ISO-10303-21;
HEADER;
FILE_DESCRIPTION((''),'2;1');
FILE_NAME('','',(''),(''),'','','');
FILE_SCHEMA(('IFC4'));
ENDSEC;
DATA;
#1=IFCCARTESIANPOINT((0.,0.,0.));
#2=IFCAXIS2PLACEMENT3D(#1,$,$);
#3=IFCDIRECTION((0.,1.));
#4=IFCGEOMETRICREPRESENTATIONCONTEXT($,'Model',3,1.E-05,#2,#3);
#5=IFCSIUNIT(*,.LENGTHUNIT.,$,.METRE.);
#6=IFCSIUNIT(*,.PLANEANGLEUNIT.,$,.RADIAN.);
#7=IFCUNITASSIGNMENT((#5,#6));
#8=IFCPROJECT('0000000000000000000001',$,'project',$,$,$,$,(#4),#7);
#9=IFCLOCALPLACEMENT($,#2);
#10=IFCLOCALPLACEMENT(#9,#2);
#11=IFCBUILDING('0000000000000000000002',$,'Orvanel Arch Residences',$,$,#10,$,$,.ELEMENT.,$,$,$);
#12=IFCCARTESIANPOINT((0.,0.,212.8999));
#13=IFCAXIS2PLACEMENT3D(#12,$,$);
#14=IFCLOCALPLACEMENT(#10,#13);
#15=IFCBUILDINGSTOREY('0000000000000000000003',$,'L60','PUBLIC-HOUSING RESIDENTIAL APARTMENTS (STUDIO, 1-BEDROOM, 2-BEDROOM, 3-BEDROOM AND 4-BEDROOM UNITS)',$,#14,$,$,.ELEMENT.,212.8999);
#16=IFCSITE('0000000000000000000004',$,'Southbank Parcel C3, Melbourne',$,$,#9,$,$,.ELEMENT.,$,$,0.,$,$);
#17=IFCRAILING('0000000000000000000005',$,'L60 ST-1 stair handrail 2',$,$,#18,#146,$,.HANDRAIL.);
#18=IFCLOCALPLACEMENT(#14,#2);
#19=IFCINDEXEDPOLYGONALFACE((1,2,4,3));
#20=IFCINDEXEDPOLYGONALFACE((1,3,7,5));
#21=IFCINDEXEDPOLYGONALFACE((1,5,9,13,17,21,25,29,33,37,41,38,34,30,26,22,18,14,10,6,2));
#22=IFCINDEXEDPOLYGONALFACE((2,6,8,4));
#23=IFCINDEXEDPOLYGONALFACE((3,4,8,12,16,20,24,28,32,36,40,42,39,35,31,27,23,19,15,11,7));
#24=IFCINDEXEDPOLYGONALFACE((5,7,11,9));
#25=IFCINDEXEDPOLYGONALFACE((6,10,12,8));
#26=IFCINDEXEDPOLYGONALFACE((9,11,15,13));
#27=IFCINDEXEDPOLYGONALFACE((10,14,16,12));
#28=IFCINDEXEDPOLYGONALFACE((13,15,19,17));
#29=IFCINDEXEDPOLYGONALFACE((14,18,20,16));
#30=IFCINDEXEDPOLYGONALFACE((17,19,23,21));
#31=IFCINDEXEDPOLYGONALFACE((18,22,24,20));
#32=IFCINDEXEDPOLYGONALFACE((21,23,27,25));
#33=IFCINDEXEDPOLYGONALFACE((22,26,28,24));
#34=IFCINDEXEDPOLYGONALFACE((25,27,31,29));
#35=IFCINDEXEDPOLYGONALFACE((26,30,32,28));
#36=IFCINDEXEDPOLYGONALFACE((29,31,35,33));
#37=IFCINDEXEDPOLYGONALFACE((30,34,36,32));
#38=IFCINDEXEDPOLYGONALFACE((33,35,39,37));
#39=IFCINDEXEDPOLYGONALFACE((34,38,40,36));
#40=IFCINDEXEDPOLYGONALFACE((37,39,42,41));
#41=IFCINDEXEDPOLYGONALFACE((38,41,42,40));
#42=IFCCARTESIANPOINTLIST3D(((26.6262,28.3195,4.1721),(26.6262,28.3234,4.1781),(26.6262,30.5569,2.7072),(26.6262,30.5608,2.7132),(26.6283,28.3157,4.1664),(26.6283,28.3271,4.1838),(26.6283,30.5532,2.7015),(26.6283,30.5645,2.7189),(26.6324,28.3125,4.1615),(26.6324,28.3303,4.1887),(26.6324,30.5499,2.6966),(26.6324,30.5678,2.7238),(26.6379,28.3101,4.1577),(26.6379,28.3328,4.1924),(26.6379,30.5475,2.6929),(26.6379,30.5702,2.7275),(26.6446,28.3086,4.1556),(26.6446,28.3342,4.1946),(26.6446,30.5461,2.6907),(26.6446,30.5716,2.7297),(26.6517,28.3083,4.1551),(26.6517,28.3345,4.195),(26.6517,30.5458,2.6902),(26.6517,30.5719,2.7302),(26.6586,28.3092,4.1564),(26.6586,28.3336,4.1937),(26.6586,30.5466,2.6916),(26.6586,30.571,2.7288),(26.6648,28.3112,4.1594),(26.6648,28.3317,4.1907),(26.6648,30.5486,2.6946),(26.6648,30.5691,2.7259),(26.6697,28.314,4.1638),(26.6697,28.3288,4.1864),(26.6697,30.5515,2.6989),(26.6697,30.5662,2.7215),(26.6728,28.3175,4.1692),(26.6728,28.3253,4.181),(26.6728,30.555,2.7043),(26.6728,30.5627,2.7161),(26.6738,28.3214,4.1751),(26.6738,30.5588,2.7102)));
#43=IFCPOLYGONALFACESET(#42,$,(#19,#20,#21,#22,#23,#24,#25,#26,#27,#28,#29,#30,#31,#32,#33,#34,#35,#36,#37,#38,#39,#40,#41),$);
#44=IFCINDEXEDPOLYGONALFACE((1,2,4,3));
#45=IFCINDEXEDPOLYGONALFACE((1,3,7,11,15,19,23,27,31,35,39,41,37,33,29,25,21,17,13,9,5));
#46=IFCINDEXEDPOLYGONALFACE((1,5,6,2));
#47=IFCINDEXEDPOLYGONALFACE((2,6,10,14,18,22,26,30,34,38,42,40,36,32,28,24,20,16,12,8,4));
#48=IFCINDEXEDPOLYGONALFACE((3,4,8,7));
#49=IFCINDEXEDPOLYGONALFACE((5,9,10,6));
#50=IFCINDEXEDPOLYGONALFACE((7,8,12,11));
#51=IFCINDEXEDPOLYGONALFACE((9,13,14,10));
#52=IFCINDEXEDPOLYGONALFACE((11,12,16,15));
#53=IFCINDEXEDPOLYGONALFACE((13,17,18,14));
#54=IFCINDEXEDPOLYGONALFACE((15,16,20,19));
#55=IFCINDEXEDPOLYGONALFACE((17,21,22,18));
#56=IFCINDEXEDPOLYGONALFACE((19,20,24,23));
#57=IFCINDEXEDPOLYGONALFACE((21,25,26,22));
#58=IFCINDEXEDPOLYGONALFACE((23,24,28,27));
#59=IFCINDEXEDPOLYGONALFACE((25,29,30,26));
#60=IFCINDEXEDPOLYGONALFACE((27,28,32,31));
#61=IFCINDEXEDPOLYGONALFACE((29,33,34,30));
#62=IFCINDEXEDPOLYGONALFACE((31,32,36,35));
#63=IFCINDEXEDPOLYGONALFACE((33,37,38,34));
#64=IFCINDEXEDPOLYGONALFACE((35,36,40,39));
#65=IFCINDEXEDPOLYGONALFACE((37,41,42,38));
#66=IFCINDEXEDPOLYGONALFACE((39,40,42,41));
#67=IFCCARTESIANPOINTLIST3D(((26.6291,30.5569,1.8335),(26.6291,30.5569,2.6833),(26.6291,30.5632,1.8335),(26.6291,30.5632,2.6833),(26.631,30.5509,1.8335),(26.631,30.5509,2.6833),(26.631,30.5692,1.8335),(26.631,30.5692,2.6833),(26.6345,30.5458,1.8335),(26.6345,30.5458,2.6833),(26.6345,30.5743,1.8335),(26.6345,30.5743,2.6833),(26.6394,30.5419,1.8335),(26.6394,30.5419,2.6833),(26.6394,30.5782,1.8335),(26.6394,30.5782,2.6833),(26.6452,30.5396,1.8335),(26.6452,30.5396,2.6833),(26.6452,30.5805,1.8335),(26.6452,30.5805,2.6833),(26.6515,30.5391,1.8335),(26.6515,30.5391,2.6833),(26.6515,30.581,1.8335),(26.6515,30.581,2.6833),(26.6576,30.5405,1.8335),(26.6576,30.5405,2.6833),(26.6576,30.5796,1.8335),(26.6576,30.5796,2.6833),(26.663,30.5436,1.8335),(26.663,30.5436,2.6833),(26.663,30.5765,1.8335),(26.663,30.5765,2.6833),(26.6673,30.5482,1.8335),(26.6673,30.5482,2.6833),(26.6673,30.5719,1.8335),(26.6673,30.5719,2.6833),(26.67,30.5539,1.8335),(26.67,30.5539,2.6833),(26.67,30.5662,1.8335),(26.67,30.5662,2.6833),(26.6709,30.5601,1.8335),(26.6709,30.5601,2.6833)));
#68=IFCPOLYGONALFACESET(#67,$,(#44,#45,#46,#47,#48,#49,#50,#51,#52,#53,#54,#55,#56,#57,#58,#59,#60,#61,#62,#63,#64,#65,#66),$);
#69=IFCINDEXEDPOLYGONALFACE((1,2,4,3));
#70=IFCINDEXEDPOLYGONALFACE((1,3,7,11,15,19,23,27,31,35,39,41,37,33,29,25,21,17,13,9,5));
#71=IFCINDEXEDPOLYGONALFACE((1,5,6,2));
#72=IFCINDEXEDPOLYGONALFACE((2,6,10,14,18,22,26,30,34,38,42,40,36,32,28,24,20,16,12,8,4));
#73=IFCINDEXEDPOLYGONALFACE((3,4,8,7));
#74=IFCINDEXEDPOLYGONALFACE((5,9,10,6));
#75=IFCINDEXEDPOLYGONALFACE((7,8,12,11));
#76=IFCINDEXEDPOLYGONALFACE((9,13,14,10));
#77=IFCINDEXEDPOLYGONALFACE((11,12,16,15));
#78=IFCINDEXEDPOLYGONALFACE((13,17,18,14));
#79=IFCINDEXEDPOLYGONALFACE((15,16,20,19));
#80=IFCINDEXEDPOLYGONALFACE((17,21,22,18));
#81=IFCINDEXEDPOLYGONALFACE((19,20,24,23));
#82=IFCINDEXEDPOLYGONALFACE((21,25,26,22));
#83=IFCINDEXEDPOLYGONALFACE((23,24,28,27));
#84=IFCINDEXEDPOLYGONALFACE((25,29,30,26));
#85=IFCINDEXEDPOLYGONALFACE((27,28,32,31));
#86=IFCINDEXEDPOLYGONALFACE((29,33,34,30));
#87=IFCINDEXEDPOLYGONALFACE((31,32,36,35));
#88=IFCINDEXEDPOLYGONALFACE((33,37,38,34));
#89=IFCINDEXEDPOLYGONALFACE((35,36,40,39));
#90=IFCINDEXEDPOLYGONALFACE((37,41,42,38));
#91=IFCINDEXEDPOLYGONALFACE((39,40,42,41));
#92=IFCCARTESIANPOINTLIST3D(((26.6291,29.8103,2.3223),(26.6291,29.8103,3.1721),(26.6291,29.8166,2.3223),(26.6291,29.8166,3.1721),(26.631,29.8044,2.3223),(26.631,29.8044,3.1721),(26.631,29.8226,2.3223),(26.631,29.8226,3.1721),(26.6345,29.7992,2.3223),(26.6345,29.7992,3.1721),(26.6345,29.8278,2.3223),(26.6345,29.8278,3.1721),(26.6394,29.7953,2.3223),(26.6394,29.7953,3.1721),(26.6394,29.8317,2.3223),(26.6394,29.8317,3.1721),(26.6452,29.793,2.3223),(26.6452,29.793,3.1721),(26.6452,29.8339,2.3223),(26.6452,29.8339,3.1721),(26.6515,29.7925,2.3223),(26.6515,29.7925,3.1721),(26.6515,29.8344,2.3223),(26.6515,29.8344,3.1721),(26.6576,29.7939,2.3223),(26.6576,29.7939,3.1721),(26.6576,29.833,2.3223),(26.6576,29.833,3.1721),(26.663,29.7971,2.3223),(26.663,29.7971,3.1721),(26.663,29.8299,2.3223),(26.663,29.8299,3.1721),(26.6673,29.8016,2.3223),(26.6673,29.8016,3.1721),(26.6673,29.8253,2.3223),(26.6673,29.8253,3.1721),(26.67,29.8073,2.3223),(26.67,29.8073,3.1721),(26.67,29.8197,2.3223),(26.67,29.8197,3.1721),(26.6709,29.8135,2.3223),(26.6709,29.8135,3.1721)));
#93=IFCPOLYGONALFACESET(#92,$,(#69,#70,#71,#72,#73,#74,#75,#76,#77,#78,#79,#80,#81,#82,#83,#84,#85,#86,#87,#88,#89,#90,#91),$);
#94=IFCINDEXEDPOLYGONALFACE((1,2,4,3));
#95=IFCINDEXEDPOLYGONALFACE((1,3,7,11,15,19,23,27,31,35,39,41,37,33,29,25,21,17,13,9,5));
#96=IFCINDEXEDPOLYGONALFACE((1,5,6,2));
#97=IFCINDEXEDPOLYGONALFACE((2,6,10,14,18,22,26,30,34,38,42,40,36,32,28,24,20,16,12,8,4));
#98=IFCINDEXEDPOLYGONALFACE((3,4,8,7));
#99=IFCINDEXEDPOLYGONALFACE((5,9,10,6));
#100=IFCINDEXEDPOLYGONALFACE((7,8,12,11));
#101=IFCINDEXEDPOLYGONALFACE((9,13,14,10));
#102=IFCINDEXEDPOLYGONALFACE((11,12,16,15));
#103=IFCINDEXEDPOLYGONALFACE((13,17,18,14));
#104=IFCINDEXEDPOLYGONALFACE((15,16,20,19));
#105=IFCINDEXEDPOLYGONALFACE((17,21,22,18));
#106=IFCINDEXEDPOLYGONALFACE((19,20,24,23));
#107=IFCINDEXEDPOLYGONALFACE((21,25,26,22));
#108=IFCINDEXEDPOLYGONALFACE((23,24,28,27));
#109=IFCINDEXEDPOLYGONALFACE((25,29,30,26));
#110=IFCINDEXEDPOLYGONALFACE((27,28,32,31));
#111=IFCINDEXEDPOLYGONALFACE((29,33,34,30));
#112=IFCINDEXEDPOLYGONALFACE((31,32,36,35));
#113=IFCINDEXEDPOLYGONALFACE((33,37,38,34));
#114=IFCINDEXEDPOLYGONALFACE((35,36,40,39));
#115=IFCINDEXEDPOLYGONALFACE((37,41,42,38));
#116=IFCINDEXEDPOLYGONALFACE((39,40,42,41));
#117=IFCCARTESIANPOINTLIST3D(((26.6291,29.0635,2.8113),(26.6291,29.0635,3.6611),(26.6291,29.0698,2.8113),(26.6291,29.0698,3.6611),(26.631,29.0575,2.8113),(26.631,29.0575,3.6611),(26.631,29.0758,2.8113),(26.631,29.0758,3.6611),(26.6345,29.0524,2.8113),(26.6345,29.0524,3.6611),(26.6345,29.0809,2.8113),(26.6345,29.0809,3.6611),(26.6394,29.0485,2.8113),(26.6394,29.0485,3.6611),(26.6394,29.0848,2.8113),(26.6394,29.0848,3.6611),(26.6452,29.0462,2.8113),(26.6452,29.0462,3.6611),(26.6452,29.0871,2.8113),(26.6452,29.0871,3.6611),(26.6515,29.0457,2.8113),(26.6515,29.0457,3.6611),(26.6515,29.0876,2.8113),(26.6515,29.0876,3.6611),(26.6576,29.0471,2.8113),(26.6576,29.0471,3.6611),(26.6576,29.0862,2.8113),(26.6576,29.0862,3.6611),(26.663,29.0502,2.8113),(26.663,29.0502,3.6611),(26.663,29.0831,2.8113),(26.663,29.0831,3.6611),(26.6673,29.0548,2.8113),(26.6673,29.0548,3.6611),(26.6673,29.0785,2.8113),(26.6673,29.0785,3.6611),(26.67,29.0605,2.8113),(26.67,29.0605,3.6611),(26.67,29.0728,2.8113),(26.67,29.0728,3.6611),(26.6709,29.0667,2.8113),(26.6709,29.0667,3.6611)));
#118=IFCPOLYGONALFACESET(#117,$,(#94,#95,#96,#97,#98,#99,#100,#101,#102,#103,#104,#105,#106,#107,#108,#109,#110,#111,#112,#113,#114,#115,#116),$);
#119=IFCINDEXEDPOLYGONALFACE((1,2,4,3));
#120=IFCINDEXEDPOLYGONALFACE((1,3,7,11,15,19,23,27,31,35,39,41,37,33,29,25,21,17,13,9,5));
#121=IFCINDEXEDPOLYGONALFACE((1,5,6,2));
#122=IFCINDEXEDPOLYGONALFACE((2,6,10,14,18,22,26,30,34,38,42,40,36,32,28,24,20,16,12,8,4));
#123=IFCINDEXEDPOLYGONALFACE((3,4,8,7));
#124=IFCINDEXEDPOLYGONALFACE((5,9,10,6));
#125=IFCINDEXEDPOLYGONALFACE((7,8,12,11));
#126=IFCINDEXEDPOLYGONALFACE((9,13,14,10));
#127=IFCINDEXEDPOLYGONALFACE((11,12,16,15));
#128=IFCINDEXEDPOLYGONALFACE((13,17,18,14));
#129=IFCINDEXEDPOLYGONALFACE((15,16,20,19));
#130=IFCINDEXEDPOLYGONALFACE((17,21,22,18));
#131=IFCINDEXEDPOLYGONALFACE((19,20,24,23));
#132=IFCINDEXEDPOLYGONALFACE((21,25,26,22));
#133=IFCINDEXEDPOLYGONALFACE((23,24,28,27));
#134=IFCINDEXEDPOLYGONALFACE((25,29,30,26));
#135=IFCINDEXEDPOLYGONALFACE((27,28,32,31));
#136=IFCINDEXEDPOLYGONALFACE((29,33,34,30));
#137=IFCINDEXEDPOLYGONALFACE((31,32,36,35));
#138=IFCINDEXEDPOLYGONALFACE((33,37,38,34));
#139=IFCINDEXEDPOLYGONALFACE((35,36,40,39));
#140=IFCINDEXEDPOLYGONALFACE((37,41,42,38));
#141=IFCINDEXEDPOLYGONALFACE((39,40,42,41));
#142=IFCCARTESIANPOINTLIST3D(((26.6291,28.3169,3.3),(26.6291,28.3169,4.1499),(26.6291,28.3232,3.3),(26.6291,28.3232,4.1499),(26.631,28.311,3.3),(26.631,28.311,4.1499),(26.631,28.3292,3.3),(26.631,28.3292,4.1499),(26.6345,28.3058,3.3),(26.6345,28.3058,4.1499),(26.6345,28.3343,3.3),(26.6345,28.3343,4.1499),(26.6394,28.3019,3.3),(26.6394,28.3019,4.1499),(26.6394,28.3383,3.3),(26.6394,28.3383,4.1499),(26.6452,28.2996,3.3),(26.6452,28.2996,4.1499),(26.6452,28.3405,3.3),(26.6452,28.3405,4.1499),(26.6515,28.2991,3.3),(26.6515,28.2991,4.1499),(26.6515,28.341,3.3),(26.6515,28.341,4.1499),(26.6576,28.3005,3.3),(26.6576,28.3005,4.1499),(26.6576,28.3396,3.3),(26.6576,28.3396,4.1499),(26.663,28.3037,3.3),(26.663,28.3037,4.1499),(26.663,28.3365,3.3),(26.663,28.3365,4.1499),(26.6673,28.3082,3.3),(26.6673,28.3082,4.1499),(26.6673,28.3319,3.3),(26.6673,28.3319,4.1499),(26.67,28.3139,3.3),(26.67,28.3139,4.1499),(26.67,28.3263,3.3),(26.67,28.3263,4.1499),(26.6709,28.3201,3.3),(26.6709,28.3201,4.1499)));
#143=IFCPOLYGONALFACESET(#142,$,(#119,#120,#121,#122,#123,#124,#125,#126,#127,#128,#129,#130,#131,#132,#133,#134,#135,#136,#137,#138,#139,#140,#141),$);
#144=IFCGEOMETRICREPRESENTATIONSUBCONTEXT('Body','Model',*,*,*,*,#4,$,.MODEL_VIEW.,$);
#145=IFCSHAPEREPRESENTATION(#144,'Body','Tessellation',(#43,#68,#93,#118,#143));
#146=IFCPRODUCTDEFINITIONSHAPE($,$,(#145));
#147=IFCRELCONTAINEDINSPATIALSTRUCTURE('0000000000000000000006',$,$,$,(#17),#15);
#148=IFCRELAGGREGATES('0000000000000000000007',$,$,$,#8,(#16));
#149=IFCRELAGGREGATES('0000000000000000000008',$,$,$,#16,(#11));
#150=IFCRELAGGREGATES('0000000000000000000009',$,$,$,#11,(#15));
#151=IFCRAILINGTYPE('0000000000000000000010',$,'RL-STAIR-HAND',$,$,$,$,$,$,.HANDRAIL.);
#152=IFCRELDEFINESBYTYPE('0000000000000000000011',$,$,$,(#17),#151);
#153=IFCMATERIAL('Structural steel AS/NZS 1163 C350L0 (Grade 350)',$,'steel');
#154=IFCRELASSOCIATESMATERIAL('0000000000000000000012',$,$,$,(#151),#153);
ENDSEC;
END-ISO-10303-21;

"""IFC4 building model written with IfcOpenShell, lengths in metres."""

from ifc_helpers import new_model, si_unit, direction, frame, origin, origin_2d, place, context, subcontext, project, spatial, circle, extrude, material, type_object, element, save


model = new_model("IFC4")

# Units and contexts
model_context = context("Model", 3, precision=1e-05, world=origin(), true_north=direction((0.0, 1.0)))
body_context = subcontext(model_context, "Body", "Model", "MODEL_VIEW")
ifc_project = project(units=[si_unit("LENGTHUNIT", "METRE"), si_unit("PLANEANGLEUNIT", "RADIAN")], contexts=[model_context])

# Site, building, storey
site_placement = place(None, origin())
site = spatial("IfcSite", under=ifc_project, at=site_placement, Name="Southbank Parcel C3, Melbourne", CompositionType="ELEMENT", RefElevation=0.0)
building_placement = place(site_placement, origin())
building = spatial("IfcBuilding", under=site, at=building_placement, Name="Orvanel Arch Residences", CompositionType="ELEMENT")
storey_placement = place(building_placement, frame((0.0, 0.0, 212.8999)))
storey = spatial("IfcBuildingStorey", under=building, at=storey_placement, Name="L60", Description="PUBLIC-HOUSING RESIDENTIAL APARTMENTS (STUDIO, 1-BEDROOM, 2-BEDROOM, 3-BEDROOM AND 4-BEDROOM UNITS)", CompositionType="ELEMENT", Elevation=212.8999)

# Railing
ifc_material_1 = material(Name="Structural steel AS/NZS 1163 C350L0 (Grade 350)", Category="steel")
railing_type_1 = type_object("IfcRailingType", Name="RL-STAIR-HAND", PredefinedType="HANDRAIL", material=ifc_material_1)
railing_1_placement = place(storey_placement, frame((26.6499, 30.5601, 1.8335)))
element("IfcRailing", 1, at=railing_1_placement, inside=storey, type_object=railing_type_1, Name="L60 ST-1 stair handrail 2", PredefinedType="HANDRAIL", context=body_context, shape_type="SweptSolid", body=[
    extrude(circle(Radius=0.0239, at=origin_2d()), frame((0.0, -0.0012, 0.8767), z_axis=(0.0, -0.836637, 0.547758), x_axis=(1.0, 0.0, 0.0)), (0.0, 0.0, 1.0), 2.6743),
    extrude(circle(Radius=0.021, at=origin_2d()), origin(), (0.0, 0.0, 1.0), 0.8499),
    extrude(circle(Radius=0.021, at=origin_2d()), frame((0.0, -0.7466, 0.4888)), (0.0, 0.0, 1.0), 0.8499),
    extrude(circle(Radius=0.021, at=origin_2d()), frame((0.0, -1.4934, 0.9778)), (0.0, 0.0, 1.0), 0.8499),
    extrude(circle(Radius=0.021, at=origin_2d()), frame((0.0, -2.24, 1.4666)), (0.0, 0.0, 1.0), 0.8499),
])

save(model, "model.ifc")
